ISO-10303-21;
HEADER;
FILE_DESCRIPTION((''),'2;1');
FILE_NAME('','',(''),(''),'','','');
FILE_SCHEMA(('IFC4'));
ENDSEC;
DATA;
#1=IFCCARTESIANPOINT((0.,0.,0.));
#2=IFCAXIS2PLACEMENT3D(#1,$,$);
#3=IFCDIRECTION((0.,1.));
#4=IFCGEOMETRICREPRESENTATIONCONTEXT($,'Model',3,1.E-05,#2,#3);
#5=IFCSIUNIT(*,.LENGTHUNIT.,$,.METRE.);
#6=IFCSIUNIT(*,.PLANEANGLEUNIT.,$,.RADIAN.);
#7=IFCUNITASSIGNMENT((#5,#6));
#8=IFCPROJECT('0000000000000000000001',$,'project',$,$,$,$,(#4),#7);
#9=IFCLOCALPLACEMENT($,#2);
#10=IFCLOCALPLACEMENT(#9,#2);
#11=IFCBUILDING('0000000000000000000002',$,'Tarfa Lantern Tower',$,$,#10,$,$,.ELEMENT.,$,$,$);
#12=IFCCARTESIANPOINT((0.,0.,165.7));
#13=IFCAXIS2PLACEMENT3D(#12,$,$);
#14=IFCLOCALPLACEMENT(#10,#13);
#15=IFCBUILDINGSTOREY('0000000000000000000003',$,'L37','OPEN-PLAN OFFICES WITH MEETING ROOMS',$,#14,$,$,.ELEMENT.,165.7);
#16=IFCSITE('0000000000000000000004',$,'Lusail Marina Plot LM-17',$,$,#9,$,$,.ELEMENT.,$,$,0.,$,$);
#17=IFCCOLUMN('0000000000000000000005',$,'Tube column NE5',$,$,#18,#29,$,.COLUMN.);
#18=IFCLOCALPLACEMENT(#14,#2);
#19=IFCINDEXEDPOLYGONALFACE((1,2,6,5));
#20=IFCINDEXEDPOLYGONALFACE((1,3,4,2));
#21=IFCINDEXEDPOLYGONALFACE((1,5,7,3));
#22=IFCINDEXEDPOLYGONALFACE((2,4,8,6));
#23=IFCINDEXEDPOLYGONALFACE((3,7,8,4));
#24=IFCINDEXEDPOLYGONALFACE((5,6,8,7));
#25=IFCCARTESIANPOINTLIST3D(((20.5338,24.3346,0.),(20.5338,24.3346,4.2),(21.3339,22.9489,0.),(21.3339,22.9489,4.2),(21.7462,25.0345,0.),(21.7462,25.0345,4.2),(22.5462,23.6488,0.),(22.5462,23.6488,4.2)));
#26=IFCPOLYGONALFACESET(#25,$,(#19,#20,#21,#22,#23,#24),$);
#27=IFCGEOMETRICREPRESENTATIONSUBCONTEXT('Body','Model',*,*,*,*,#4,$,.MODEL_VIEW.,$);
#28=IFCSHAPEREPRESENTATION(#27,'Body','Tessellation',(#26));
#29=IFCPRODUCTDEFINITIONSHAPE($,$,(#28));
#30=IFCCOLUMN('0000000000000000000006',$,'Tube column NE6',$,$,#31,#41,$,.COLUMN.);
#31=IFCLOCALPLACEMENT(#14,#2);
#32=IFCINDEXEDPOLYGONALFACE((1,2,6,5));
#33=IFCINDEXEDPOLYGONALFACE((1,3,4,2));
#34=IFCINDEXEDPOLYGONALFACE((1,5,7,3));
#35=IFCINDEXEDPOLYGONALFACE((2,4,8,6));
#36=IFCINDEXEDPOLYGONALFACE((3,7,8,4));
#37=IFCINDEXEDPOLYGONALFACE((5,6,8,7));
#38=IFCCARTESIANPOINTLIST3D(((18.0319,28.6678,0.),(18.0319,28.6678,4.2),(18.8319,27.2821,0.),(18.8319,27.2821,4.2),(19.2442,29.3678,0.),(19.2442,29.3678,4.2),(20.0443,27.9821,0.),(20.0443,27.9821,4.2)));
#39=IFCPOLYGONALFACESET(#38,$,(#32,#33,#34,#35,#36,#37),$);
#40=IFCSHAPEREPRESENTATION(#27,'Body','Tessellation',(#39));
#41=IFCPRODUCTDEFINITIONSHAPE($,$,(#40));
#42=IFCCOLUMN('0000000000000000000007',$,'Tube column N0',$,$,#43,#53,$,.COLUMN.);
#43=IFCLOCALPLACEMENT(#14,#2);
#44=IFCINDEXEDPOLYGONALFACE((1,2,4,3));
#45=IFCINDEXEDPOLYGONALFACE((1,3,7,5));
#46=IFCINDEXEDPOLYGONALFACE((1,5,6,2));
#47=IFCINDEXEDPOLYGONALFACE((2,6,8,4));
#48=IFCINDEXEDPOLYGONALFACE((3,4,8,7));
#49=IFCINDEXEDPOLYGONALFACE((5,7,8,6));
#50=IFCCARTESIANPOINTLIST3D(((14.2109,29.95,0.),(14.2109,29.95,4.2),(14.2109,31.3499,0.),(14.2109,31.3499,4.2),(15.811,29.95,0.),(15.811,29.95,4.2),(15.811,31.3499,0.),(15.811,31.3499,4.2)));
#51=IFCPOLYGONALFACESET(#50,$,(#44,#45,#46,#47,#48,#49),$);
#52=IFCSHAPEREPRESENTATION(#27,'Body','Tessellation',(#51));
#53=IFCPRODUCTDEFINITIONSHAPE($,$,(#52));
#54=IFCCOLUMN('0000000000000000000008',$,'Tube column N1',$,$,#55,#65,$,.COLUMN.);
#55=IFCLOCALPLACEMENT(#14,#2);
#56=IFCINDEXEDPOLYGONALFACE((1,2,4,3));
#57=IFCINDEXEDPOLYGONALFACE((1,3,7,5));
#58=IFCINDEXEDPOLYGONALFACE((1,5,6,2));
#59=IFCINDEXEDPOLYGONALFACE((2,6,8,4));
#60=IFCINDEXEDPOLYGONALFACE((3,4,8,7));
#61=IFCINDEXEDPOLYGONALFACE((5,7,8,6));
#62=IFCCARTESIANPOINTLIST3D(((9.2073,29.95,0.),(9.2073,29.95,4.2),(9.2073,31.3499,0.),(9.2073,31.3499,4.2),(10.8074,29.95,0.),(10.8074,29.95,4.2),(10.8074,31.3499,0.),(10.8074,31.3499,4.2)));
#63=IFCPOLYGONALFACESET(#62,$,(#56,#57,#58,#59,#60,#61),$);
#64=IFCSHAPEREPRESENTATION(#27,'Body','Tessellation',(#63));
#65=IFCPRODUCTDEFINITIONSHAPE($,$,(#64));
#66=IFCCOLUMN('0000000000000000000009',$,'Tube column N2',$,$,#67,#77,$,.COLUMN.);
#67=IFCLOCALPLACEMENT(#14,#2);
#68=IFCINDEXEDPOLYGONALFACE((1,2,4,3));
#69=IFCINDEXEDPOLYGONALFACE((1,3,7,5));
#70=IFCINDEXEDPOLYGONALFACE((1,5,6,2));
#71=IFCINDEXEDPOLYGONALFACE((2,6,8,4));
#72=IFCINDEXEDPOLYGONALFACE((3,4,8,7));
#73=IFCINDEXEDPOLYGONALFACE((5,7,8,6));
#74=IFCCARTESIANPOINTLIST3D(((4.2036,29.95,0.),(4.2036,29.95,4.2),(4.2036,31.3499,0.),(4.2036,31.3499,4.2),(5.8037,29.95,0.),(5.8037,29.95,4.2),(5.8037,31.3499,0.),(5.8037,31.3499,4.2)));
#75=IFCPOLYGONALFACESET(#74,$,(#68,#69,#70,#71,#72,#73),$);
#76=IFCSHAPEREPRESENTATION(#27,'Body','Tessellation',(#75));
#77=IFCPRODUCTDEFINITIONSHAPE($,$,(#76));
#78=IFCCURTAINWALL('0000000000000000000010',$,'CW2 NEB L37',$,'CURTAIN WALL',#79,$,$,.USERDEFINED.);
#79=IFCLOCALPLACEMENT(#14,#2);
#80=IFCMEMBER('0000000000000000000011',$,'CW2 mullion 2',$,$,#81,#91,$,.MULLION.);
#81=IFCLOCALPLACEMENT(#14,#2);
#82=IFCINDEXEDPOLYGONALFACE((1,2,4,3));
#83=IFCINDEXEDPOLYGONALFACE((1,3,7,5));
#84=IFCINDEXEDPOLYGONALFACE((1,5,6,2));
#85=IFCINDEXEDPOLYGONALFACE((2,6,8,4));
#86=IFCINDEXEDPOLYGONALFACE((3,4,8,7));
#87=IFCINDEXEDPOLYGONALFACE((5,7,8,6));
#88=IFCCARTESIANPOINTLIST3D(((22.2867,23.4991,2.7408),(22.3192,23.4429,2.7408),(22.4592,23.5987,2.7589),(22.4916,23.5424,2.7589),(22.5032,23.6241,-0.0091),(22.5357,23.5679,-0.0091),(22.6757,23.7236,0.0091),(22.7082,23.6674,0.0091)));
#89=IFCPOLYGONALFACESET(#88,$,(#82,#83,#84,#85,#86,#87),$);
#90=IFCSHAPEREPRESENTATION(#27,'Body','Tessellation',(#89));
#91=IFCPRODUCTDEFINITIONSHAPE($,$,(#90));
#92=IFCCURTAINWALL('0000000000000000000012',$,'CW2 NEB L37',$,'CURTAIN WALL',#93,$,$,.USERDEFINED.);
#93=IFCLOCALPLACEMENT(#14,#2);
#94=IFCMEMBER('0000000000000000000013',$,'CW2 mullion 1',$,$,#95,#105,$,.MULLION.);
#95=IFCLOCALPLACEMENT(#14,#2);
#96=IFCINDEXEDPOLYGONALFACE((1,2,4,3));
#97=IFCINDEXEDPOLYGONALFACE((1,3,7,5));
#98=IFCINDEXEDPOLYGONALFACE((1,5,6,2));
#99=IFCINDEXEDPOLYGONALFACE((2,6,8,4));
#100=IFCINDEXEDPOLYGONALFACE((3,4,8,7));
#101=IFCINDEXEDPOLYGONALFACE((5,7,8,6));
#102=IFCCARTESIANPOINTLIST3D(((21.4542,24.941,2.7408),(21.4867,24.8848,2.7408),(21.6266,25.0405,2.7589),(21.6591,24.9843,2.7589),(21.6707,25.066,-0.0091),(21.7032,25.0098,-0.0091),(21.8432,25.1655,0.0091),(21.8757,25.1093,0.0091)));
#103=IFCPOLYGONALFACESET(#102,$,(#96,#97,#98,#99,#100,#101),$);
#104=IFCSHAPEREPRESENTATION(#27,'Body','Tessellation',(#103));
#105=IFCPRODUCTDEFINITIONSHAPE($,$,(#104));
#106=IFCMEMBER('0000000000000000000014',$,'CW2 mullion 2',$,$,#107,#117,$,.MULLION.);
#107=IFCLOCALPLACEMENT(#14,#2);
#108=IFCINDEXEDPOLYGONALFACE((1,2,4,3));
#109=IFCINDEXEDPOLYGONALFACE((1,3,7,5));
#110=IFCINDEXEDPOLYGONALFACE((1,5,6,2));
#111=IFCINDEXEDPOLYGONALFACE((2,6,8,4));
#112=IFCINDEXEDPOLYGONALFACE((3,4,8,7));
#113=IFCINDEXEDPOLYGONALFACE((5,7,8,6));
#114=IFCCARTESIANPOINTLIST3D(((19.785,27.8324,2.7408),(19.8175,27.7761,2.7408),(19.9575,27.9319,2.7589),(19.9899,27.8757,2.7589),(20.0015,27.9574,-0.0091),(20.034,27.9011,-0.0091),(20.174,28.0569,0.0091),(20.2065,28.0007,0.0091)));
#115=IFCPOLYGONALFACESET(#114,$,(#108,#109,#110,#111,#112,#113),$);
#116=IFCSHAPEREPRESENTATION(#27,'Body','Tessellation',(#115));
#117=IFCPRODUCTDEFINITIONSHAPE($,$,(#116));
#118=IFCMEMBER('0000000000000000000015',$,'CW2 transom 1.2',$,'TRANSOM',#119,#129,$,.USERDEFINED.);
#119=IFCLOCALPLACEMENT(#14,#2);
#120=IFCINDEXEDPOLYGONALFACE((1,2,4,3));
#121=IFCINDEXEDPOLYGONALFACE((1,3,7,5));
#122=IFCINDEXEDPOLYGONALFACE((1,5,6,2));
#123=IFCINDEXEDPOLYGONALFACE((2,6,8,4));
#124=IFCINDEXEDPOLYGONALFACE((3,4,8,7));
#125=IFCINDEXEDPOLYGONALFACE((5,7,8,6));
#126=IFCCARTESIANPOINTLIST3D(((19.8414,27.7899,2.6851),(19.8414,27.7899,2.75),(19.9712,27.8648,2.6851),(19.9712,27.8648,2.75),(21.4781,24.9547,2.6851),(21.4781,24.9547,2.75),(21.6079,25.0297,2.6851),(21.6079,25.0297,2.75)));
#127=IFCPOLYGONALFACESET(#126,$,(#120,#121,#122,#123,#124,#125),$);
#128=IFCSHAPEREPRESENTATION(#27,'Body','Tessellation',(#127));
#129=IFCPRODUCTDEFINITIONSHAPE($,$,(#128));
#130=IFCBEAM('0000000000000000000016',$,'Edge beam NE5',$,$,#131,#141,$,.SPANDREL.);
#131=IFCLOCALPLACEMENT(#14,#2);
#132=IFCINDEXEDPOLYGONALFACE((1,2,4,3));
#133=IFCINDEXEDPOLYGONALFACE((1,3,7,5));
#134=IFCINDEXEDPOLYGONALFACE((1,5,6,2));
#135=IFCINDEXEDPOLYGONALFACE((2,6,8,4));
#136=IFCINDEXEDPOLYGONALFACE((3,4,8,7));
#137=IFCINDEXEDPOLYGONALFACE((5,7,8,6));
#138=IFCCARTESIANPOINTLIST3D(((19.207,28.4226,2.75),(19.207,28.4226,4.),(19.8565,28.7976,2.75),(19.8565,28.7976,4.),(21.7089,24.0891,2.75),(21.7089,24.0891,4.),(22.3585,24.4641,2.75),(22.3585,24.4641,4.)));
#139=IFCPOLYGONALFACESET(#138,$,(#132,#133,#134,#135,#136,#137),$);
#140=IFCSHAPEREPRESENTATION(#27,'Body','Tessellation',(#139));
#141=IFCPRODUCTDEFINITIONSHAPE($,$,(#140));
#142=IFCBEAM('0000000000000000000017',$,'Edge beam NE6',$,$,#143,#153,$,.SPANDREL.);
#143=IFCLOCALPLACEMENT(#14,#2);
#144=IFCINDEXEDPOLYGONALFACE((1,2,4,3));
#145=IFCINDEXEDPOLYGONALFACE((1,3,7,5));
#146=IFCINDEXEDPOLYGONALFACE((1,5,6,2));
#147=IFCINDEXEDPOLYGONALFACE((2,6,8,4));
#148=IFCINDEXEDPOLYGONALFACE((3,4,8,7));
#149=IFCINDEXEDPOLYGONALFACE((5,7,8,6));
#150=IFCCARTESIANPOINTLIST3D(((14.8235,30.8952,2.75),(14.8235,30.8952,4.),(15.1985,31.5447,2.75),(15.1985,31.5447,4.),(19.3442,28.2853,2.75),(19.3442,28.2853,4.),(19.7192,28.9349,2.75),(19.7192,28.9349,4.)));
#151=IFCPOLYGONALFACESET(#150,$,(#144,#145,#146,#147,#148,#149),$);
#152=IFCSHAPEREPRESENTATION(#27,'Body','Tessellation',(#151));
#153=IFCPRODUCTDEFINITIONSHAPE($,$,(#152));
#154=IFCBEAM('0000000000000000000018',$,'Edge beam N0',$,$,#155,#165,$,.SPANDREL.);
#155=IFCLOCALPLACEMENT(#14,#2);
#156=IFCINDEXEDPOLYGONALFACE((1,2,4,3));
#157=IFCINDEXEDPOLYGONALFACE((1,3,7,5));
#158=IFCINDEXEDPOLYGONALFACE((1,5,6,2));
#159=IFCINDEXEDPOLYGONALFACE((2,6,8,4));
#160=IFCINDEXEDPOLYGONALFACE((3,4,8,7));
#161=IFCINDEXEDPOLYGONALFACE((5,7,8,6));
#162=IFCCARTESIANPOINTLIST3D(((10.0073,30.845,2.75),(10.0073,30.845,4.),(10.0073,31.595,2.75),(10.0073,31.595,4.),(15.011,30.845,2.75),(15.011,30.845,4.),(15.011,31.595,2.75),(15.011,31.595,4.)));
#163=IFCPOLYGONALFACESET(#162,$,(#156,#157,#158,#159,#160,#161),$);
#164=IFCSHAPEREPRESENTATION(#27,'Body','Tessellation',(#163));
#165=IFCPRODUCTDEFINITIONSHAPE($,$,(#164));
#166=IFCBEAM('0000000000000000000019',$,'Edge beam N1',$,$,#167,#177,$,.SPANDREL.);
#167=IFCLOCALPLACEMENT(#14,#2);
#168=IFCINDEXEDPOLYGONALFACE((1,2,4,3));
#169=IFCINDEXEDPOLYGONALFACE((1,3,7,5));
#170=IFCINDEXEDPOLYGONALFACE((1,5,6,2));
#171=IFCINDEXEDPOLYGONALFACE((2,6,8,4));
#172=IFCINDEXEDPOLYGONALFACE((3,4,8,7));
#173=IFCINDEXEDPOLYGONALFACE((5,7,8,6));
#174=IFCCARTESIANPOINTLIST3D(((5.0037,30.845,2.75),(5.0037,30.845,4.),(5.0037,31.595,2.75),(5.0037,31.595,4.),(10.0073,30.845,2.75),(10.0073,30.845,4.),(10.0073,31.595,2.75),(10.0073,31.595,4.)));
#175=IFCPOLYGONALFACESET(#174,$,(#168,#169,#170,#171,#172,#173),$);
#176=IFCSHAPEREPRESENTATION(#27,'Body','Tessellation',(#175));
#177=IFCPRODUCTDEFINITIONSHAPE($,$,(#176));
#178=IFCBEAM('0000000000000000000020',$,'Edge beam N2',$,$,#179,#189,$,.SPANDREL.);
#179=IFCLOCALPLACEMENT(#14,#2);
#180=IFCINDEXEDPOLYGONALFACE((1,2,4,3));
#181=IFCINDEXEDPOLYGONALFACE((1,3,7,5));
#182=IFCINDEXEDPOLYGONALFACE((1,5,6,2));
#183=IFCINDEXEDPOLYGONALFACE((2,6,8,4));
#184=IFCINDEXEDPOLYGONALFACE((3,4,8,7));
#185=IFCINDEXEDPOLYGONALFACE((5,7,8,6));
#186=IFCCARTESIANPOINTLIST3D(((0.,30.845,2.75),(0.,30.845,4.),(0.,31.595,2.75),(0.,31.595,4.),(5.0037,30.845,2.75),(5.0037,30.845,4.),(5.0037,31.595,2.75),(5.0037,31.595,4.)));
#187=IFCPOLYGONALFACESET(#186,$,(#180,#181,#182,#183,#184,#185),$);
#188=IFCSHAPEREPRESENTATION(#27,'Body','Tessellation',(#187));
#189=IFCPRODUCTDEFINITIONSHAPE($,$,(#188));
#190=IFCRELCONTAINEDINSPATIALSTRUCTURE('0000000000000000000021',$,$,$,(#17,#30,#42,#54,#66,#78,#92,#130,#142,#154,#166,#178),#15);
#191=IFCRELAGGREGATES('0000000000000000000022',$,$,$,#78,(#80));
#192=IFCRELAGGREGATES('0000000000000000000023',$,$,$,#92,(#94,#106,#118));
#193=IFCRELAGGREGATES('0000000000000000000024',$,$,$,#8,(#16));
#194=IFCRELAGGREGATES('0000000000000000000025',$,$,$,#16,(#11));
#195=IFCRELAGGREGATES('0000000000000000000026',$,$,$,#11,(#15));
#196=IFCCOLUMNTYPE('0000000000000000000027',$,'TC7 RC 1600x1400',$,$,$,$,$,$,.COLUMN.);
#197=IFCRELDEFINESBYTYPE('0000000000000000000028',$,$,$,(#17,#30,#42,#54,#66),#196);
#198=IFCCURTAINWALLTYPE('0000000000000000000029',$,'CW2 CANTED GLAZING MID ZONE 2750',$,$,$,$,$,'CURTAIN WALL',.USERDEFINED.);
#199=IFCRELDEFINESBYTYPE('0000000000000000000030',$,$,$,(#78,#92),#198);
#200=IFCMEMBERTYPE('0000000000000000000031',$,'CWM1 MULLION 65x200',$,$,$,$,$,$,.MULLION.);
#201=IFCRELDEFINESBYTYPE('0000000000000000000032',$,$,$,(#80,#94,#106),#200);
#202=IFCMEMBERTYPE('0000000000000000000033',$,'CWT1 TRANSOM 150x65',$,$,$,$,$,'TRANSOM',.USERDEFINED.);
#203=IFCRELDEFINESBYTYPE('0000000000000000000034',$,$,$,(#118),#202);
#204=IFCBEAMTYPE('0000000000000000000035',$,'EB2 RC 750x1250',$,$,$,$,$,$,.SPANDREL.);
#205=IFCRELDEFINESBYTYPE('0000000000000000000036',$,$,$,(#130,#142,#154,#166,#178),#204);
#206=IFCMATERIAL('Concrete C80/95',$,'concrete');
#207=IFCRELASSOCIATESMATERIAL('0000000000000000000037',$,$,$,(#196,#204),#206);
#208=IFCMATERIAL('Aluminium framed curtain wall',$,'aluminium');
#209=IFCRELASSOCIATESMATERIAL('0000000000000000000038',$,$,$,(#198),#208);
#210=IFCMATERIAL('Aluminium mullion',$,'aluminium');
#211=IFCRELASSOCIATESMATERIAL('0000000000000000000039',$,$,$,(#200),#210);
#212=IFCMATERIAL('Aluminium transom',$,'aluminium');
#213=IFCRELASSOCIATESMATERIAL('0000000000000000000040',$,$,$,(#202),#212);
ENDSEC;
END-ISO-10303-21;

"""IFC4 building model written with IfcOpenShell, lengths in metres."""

from ifc_helpers import new_model, si_unit, direction, frame, origin, origin_2d, place, context, subcontext, project, spatial, rectangle, extrude, material, material_profile, profile_set, type_object, element, aggregate, save


model = new_model("IFC4")

# Units and contexts
model_context = context("Model", 3, precision=1e-05, world=origin(), true_north=direction((0.0, 1.0)))
body_context = subcontext(model_context, "Body", "Model", "MODEL_VIEW")
ifc_project = project(units=[si_unit("LENGTHUNIT", "METRE"), si_unit("PLANEANGLEUNIT", "RADIAN")], contexts=[model_context])

# Site, building, storey
site_placement = place(None, origin())
site = spatial("IfcSite", under=ifc_project, at=site_placement, Name="Lusail Marina Plot LM-17", CompositionType="ELEMENT", RefElevation=0.0)
building_placement = place(site_placement, origin())
building = spatial("IfcBuilding", under=site, at=building_placement, Name="Tarfa Lantern Tower", CompositionType="ELEMENT")
storey_placement = place(building_placement, frame((0.0, 0.0, 165.7)))
storey = spatial("IfcBuildingStorey", under=building, at=storey_placement, Name="L37", Description="OPEN-PLAN OFFICES WITH MEETING ROOMS", CompositionType="ELEMENT", Elevation=165.7)

# Columns
ifc_material_1 = material(Name="Concrete C80/95", Category="concrete")
ifc_material_profile_1 = material_profile(ifc_material_1, rectangle(XDim=1.6001, YDim=1.3999, at=origin_2d()), Name="RC 1600x1400")
ifc_profile_set_1 = profile_set([ifc_material_profile_1], Name="Concrete C80/95")
column_type = type_object("IfcColumnType", Name="TC7 RC 1600x1400", PredefinedType="COLUMN", material=ifc_profile_set_1)
for number, where, z_axis, x_axis, name in (
    (1, (21.54, 23.9917, 0.0), (0.0, 0.0, 1.0), (-0.5, 0.866025, 0.0), "Tube column NE5"),
    (2, (19.0381, 28.325, 0.0), (0.0, 0.0, 1.0), (-0.5, 0.866025, 0.0), "Tube column NE6"),
    (3, (15.011, 30.6499, 0.0), (0.0, 0.0, 1.0), (-1.0, 0.0, 0.0), "Tube column N0"),
    (4, (10.0073, 30.6499, 0.0), (0.0, 0.0, 1.0), (-1.0, 0.0, 0.0), "Tube column N1"),
    (5, (5.0037, 30.6499, 0.0), (0.0, 0.0, 1.0), (-1.0, 0.0, 0.0), "Tube column N2"),
):
    element("IfcColumn", number, at=place(storey_placement, frame(where, z_axis=z_axis, x_axis=x_axis)), inside=storey, type_object=column_type, Name=name, PredefinedType="COLUMN", context=body_context, shape_type="SweptSolid", body=[
        extrude(rectangle(XDim=1.6001, YDim=1.3999, at=origin_2d()), origin(), (0.0, 0.0, 1.0), 4.2),
    ])

# Curtain wall, member
ifc_material_2 = material(Name="Aluminium framed curtain wall", Category="aluminium")
curtain_wall_type = type_object("IfcCurtainWallType", Name="CW2 CANTED GLAZING MID ZONE 2750", ElementType="CURTAIN WALL", PredefinedType="USERDEFINED", material=ifc_material_2)
curtain_wall_1_placement = place(storey_placement, origin())
curtain_wall_1 = element("IfcCurtainWall", 6, at=curtain_wall_1_placement, inside=storey, type_object=curtain_wall_type, Name="CW2 NEB L37", ObjectType="CURTAIN WALL", PredefinedType="USERDEFINED")
ifc_material_3 = material(Name="Aluminium mullion", Category="aluminium")
ifc_material_profile_2 = material_profile(ifc_material_3, rectangle(XDim=0.0649, YDim=0.2, at=origin_2d()), Name="AL MULLION 65x200")
ifc_profile_set_2 = profile_set([ifc_material_profile_2], Name="Aluminium mullion")
member_type_1 = type_object("IfcMemberType", Name="CWM1 MULLION 65x200", PredefinedType="MULLION", material=ifc_profile_set_2)
member_1_placement = place(storey_placement, frame((22.6057, 23.6458, 0.0), z_axis=(-0.078423, -0.045268, 0.995892), x_axis=(0.49992, -0.866072, 0.0)))
member_1 = element("IfcMember", 7, at=member_1_placement, type_object=member_type_1, Name="CW2 mullion 2", PredefinedType="MULLION", context=body_context, shape_type="SweptSolid", body=[
    extrude(rectangle(XDim=0.0649, YDim=0.2, at=origin_2d()), origin(), (0.0, 0.0, 1.0), 2.7612),
])
aggregate(curtain_wall_1, [member_1])

# Curtain wall, members
curtain_wall_2_placement = place(storey_placement, origin())
curtain_wall_2 = element("IfcCurtainWall", 8, at=curtain_wall_2_placement, inside=storey, type_object=curtain_wall_type, Name="CW2 NEB L37", ObjectType="CURTAIN WALL", PredefinedType="USERDEFINED")
member_2_placement = place(storey_placement, frame((21.7732, 25.0876, 0.0), z_axis=(-0.078423, -0.045268, 0.995892), x_axis=(0.49992, -0.866072, 0.0)))
member_2 = element("IfcMember", 9, at=member_2_placement, type_object=member_type_1, Name="CW2 mullion 1", PredefinedType="MULLION", context=body_context, shape_type="SweptSolid", body=[
    extrude(rectangle(XDim=0.0649, YDim=0.2, at=origin_2d()), origin(), (0.0, 0.0, 1.0), 2.7612),
])
member_3_placement = place(storey_placement, frame((20.104, 27.979, 0.0), z_axis=(-0.078423, -0.045268, 0.995892), x_axis=(0.49992, -0.866072, 0.0)))
member_3 = element("IfcMember", 10, at=member_3_placement, type_object=member_type_1, Name="CW2 mullion 2", PredefinedType="MULLION", context=body_context, shape_type="SweptSolid", body=[
    extrude(rectangle(XDim=0.0649, YDim=0.2, at=origin_2d()), origin(), (0.0, 0.0, 1.0), 2.7612),
])
ifc_material_4 = material(Name="Aluminium transom", Category="aluminium")
ifc_material_profile_3 = material_profile(ifc_material_4, rectangle(XDim=0.1499, YDim=0.0649, at=origin_2d()), Name="AL TRANSOM 150x65")
ifc_profile_set_3 = profile_set([ifc_material_profile_3], Name="Aluminium transom")
member_type_2 = type_object("IfcMemberType", Name="CWT1 TRANSOM 150x65", ElementType="TRANSOM", PredefinedType="USERDEFINED", material=ifc_profile_set_3)
member_4_placement = place(storey_placement, frame((21.543, 24.9922, 2.7175), z_axis=(-0.499957, 0.86605, 0.0), x_axis=(-0.86605, -0.499957, 0.0)))
member_4 = element("IfcMember", 11, at=member_4_placement, type_object=member_type_2, Name="CW2 transom 1.2", ObjectType="TRANSOM", PredefinedType="USERDEFINED", context=body_context, shape_type="SweptSolid", body=[
    extrude(rectangle(XDim=0.1499, YDim=0.0649, at=origin_2d()), origin(), (0.0, 0.0, 1.0), 3.2737),
])

# Beams
ifc_material_profile_4 = material_profile(ifc_material_1, rectangle(XDim=0.75, YDim=1.25, at=origin_2d()), Name="RC 750x1250")
ifc_profile_set_4 = profile_set([ifc_material_profile_4], Name="Concrete C80/95")
beam_type_1 = type_object("IfcBeamType", Name="EB2 RC 750x1250", PredefinedType="SPANDREL", material=ifc_profile_set_4)
beam_1_placement = place(storey_placement, frame((22.0337, 24.2766, 3.375), z_axis=(-0.500001, 0.866025, 0.0), x_axis=(-0.866025, -0.500001, 0.0)))
element("IfcBeam", 12, at=beam_1_placement, inside=storey, type_object=beam_type_1, Name="Edge beam NE5", PredefinedType="SPANDREL", context=body_context, shape_type="SweptSolid", body=[
    extrude(rectangle(XDim=0.75, YDim=1.25, at=origin_2d()), origin(), (0.0, 0.0, 1.0), 5.0039),
])
beam_2_placement = place(storey_placement, frame((19.5317, 28.6101, 3.375), z_axis=(-0.866042, 0.499972, 0.0), x_axis=(-0.499972, -0.866042, 0.0)))
element("IfcBeam", 13, at=beam_2_placement, inside=storey, type_object=beam_type_1, Name="Edge beam NE6", PredefinedType="SPANDREL", context=body_context, shape_type="SweptSolid", body=[
    extrude(rectangle(XDim=0.75, YDim=1.25, at=origin_2d()), origin(), (0.0, 0.0, 1.0), 5.22),
])
for number, where, z_axis, x_axis, name in (
    (14, (15.011, 31.22, 3.375), (-1.0, 0.0, 0.0), (0.0, -1.0, 0.0), "Edge beam N0"),
    (15, (10.0073, 31.22, 3.375), (-1.0, 0.0, 0.0), (0.0, -1.0, 0.0), "Edge beam N1"),
    (16, (5.0037, 31.22, 3.375), (-1.0, 0.0, 0.0), (0.0, -1.0, 0.0), "Edge beam N2"),
):
    element("IfcBeam", number, at=place(storey_placement, frame(where, z_axis=z_axis, x_axis=x_axis)), inside=storey, type_object=beam_type_1, Name=name, PredefinedType="SPANDREL", context=body_context, shape_type="SweptSolid", body=[
        extrude(rectangle(XDim=0.75, YDim=1.25, at=origin_2d()), origin(), (0.0, 0.0, 1.0), 5.0037),
    ])

aggregate(curtain_wall_2, [member_2, member_3, member_4])

save(model, "model.ifc")
